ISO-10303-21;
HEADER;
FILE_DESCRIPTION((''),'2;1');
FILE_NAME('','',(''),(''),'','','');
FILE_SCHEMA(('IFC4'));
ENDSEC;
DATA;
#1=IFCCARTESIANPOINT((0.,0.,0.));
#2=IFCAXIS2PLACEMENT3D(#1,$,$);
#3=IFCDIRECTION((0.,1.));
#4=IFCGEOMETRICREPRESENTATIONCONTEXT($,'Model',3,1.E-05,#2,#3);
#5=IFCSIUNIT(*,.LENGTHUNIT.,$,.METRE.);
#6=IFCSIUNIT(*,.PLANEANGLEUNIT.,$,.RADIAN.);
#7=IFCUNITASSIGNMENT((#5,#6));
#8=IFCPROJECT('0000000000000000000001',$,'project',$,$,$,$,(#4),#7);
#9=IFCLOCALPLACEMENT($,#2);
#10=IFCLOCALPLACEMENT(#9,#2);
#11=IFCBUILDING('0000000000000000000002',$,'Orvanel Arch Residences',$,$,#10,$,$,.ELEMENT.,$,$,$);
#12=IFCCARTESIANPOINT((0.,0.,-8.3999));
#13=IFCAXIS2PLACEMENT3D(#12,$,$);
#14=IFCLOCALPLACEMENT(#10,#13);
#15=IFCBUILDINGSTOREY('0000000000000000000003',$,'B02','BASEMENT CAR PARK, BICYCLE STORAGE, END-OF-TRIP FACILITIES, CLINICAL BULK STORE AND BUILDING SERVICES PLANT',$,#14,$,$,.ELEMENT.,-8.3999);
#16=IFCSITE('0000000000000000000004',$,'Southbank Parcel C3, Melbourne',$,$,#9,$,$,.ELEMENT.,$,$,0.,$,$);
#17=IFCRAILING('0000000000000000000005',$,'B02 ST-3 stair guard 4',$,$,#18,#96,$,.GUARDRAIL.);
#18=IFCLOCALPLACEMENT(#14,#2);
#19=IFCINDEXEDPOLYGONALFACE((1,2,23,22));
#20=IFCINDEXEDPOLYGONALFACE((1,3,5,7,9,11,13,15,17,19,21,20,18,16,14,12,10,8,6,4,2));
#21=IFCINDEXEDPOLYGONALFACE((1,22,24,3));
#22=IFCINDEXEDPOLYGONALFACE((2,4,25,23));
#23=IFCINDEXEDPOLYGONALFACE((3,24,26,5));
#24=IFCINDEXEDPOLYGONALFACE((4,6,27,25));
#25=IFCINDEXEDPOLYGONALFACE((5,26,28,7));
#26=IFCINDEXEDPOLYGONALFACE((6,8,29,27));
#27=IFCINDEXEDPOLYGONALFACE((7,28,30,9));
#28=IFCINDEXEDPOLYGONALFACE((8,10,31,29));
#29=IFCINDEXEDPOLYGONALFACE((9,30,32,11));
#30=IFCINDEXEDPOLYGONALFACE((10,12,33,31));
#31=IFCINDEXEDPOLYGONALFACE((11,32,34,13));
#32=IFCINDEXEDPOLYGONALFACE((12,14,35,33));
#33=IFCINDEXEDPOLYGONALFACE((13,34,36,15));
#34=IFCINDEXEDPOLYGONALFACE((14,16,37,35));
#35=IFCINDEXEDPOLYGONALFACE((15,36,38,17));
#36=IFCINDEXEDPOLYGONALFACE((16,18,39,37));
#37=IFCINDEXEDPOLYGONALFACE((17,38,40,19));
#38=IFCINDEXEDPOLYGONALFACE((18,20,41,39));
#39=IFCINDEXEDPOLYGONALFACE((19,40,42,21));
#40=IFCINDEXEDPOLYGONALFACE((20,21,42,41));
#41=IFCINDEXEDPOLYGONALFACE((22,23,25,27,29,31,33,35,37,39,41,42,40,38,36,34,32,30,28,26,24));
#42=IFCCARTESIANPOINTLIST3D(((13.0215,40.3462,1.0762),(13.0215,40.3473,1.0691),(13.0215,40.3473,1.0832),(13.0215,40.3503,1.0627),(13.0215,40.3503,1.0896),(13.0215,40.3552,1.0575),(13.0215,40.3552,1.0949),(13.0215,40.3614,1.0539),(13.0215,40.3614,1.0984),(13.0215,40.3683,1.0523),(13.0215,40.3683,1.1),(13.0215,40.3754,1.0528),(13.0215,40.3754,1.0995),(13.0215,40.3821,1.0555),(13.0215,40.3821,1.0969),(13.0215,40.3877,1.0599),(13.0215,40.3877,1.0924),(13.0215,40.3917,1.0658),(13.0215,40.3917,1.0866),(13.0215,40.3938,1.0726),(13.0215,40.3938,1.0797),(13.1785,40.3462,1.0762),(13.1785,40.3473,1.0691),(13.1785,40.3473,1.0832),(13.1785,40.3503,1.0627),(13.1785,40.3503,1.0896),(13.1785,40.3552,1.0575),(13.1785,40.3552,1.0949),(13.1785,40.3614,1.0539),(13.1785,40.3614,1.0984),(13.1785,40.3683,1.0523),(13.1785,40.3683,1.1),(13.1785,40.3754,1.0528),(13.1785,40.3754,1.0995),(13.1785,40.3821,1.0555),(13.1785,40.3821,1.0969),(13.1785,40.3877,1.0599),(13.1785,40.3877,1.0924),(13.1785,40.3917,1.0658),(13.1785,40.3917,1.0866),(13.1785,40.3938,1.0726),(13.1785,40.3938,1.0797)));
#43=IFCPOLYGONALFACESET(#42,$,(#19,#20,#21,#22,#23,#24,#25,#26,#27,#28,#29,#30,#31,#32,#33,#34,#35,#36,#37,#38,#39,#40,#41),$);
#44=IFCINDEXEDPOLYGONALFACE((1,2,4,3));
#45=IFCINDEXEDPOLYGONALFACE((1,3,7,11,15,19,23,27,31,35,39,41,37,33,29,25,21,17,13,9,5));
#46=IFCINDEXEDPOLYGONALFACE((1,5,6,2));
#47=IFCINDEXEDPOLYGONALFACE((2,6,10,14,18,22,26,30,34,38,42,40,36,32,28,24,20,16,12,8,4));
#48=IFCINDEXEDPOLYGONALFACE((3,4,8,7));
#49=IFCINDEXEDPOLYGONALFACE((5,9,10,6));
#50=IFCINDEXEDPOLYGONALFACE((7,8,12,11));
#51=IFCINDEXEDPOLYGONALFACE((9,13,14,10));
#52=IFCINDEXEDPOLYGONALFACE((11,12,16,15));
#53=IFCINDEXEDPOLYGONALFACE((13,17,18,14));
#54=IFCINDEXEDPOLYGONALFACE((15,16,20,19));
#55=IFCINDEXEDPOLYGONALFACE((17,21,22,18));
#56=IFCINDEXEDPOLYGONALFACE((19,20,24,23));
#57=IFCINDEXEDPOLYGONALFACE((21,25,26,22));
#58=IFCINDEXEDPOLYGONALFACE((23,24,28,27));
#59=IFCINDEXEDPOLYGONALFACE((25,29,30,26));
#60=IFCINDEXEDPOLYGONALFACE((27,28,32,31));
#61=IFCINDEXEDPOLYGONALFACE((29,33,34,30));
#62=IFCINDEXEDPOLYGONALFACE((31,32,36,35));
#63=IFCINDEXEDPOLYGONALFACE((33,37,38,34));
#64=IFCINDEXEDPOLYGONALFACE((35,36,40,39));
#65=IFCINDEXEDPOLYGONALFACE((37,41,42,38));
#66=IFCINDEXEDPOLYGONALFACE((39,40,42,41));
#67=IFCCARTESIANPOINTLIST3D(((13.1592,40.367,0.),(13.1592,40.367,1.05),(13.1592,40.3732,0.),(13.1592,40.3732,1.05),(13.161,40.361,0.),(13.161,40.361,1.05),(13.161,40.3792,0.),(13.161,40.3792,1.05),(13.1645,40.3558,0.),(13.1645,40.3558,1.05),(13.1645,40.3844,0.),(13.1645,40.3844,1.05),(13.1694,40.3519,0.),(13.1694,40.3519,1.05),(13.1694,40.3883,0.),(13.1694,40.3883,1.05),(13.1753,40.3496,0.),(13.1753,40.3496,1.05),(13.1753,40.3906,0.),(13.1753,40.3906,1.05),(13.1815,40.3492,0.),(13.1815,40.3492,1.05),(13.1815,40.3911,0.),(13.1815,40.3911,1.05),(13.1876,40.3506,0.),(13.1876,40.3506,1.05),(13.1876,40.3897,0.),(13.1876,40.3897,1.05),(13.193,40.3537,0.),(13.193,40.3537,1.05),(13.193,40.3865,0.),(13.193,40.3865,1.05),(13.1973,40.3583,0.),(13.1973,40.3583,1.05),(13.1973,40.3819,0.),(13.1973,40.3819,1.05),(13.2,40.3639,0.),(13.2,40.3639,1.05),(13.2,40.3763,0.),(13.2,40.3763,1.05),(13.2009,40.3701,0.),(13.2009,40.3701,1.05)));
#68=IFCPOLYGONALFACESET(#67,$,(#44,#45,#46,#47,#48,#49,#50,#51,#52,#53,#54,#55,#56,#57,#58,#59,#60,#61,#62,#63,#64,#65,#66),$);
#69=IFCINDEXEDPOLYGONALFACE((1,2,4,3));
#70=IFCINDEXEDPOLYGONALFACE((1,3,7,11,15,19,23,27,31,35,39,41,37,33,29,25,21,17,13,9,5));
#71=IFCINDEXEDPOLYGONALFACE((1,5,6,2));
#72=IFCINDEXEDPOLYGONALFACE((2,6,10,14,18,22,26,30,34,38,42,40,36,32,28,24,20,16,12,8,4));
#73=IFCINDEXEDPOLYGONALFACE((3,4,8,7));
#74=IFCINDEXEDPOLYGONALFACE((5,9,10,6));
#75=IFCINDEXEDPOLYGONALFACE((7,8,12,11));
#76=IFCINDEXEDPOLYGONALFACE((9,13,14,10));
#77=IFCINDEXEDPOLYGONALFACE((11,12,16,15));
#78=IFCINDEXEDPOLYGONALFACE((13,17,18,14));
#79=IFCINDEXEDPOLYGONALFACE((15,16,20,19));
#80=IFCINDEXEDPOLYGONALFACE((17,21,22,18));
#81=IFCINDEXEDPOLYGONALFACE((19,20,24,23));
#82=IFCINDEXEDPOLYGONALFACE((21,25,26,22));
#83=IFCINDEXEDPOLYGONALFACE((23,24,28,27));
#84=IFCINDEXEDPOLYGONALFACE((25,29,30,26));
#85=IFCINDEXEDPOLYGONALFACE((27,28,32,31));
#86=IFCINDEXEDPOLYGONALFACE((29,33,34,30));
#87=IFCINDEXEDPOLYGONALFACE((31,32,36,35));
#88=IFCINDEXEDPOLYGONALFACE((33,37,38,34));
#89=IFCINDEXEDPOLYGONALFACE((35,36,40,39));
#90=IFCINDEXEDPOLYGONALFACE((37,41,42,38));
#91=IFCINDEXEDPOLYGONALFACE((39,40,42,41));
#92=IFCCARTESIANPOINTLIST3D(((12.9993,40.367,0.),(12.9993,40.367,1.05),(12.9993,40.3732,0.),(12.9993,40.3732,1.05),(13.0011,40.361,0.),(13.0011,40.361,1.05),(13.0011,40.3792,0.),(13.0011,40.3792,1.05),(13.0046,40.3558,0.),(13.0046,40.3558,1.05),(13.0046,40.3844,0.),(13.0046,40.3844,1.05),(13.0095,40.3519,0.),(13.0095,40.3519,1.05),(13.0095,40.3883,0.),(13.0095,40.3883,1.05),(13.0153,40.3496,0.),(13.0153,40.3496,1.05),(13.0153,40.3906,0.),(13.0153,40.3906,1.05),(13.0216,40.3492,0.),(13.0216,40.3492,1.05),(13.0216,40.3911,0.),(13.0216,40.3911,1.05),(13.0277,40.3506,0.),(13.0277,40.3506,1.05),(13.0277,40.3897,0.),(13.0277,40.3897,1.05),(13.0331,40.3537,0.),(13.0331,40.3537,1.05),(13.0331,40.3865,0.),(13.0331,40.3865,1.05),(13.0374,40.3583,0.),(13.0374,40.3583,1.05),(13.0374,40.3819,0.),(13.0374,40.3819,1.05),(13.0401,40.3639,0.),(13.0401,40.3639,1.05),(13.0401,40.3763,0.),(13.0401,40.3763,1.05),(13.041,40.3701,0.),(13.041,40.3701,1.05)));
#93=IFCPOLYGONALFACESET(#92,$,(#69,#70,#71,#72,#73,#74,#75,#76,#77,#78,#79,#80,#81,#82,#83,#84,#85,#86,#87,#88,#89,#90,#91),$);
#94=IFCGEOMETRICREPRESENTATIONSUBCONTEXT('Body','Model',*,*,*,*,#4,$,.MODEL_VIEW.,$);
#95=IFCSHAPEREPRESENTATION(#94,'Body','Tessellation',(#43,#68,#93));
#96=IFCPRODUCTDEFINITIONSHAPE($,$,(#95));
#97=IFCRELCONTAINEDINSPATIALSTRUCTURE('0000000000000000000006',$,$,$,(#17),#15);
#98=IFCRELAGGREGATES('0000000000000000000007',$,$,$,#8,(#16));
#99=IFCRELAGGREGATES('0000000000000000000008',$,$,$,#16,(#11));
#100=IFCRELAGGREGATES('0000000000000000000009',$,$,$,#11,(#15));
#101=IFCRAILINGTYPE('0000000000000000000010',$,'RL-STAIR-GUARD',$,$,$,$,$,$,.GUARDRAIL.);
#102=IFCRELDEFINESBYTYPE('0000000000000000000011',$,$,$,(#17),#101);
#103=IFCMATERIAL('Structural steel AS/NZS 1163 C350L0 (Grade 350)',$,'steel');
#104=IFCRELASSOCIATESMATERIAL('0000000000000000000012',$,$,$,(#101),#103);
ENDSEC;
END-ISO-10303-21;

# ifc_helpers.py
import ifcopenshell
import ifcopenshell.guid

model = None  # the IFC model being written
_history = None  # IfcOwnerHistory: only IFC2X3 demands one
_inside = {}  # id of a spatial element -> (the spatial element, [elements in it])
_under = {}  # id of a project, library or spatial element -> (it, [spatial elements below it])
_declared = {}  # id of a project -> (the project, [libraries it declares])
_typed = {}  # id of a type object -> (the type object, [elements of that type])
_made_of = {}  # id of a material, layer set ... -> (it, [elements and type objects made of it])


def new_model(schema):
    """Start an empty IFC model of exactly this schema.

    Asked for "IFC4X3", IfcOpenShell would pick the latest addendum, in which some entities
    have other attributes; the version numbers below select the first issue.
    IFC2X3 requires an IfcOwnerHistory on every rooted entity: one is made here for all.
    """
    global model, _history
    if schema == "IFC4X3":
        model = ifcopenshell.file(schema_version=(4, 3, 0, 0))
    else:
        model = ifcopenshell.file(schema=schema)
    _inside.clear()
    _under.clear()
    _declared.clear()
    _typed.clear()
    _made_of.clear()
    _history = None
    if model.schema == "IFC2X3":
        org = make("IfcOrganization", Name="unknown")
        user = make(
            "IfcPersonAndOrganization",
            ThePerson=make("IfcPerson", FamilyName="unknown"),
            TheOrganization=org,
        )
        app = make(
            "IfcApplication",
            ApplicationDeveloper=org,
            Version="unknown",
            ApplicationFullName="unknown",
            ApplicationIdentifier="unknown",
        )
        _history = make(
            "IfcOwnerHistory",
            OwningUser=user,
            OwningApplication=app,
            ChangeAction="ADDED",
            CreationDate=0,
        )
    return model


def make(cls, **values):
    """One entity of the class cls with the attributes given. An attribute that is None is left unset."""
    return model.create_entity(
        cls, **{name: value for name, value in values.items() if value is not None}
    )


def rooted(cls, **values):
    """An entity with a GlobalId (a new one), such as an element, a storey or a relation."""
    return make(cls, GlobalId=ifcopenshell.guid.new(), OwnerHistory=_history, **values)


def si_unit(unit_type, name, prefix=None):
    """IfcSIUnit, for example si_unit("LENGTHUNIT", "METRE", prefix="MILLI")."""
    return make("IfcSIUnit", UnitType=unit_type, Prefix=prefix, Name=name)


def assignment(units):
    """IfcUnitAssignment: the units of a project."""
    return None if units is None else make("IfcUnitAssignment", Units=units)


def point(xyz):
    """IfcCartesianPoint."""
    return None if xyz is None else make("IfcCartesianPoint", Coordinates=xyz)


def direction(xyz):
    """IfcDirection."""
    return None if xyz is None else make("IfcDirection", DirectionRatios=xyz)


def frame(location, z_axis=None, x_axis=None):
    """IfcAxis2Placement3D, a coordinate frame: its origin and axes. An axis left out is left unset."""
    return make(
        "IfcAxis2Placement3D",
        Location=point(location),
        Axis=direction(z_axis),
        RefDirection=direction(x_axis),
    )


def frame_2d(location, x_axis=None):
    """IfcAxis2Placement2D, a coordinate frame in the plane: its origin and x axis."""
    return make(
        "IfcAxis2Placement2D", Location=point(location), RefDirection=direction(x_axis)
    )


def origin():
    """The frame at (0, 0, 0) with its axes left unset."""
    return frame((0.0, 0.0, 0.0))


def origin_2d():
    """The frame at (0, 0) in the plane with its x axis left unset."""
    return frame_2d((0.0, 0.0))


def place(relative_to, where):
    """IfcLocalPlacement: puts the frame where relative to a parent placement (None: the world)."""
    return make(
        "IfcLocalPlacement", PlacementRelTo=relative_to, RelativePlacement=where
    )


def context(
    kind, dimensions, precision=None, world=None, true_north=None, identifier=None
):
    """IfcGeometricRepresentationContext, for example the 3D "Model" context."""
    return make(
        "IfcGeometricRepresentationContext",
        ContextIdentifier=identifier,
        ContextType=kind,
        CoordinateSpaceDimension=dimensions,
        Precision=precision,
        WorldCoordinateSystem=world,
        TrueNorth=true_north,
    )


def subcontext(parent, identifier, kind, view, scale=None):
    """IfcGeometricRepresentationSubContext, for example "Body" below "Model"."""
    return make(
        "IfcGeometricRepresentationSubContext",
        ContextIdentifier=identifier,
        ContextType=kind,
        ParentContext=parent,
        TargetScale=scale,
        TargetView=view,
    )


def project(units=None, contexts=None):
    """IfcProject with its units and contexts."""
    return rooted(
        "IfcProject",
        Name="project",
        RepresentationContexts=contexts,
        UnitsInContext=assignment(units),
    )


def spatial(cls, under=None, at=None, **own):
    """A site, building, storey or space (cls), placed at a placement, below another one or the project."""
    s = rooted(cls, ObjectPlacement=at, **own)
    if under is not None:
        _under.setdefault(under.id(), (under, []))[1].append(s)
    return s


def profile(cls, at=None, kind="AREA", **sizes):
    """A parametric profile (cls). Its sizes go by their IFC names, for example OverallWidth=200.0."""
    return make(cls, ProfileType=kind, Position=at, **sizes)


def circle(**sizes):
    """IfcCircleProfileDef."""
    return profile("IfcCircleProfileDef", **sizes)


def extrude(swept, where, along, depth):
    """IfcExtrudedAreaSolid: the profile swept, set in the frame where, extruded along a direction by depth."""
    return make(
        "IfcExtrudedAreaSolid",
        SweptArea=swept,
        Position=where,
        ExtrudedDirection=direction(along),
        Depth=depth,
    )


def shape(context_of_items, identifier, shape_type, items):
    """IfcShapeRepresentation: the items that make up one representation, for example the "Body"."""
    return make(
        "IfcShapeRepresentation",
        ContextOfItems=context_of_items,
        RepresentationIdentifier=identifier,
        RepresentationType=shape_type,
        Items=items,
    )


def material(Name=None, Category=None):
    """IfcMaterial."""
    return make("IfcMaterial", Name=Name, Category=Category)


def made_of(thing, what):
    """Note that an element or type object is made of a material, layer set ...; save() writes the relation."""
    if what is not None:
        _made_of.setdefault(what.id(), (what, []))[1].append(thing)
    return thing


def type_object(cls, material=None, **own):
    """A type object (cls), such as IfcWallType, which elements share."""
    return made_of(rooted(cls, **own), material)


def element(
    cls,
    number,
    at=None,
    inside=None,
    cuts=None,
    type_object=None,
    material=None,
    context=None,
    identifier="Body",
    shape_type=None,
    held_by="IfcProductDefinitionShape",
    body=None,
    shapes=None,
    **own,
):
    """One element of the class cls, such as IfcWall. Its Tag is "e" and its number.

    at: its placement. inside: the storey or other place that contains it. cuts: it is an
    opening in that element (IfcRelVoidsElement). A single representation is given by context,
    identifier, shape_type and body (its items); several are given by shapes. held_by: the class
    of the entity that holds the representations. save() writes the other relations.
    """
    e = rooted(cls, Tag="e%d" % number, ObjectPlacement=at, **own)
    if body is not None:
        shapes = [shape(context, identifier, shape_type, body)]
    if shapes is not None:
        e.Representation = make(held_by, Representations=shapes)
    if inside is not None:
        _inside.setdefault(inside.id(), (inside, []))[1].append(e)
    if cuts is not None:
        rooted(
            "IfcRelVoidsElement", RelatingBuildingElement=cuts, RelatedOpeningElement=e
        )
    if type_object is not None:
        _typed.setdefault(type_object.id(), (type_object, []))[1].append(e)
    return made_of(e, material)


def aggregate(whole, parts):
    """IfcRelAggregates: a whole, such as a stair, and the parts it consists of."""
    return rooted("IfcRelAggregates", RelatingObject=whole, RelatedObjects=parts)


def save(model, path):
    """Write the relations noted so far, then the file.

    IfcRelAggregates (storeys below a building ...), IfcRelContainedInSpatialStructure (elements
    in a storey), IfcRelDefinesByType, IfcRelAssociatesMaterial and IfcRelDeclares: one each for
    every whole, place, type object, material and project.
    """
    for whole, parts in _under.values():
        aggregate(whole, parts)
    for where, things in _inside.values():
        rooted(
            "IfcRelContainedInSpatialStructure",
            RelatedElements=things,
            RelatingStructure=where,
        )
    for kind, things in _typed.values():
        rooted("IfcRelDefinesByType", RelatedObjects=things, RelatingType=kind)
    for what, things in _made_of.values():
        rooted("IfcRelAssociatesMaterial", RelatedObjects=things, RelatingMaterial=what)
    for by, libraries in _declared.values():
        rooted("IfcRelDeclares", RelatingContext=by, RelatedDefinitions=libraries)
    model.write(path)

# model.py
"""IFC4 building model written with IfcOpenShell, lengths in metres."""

from ifc_helpers import new_model, si_unit, direction, frame, origin, origin_2d, place, context, subcontext, project, spatial, circle, extrude, material, type_object, element, save


model = new_model("IFC4")

# Units and contexts
model_context = context("Model", 3, precision=1e-05, world=origin(), true_north=direction((0.0, 1.0)))
body_context = subcontext(model_context, "Body", "Model", "MODEL_VIEW")
ifc_project = project(units=[si_unit("LENGTHUNIT", "METRE"), si_unit("PLANEANGLEUNIT", "RADIAN")], contexts=[model_context])

# Site, building, storey
site_placement = place(None, origin())
site = spatial("IfcSite", under=ifc_project, at=site_placement, Name="Southbank Parcel C3, Melbourne", CompositionType="ELEMENT", RefElevation=0.0)
building_placement = place(site_placement, origin())
building = spatial("IfcBuilding", under=site, at=building_placement, Name="Orvanel Arch Residences", CompositionType="ELEMENT")
storey_placement = place(building_placement, frame((0.0, 0.0, -8.3999)))
storey = spatial("IfcBuildingStorey", under=building, at=storey_placement, Name="B02", Description="BASEMENT CAR PARK, BICYCLE STORAGE, END-OF-TRIP FACILITIES, CLINICAL BULK STORE AND BUILDING SERVICES PLANT", CompositionType="ELEMENT", Elevation=-8.3999)

# Railing
ifc_material_1 = material(Name="Structural steel AS/NZS 1163 C350L0 (Grade 350)", Category="steel")
railing_type_1 = type_object("IfcRailingType", Name="RL-STAIR-GUARD", PredefinedType="GUARDRAIL", material=ifc_material_1)
railing_1_placement = place(storey_placement, frame((13.1799, 40.3701, 0.0)))
element("IfcRailing", 1, at=railing_1_placement, inside=storey, type_object=railing_type_1, Name="B02 ST-3 stair guard 4", PredefinedType="GUARDRAIL", context=body_context, shape_type="SweptSolid", body=[
    extrude(circle(Radius=0.0239, at=origin_2d()), frame((-0.0015, 0.0, 1.0762), z_axis=(-1.0, 0.0, 0.0), x_axis=(0.0, -1.0, 0.0)), (0.0, 0.0, 1.0), 0.157),
    extrude(circle(Radius=0.021, at=origin_2d()), origin(), (0.0, 0.0, 1.0), 1.05),
    extrude(circle(Radius=0.021, at=origin_2d()), frame((-0.1599, 0.0, 0.0)), (0.0, 0.0, 1.0), 1.05),
])

save(model, "model.ifc")
